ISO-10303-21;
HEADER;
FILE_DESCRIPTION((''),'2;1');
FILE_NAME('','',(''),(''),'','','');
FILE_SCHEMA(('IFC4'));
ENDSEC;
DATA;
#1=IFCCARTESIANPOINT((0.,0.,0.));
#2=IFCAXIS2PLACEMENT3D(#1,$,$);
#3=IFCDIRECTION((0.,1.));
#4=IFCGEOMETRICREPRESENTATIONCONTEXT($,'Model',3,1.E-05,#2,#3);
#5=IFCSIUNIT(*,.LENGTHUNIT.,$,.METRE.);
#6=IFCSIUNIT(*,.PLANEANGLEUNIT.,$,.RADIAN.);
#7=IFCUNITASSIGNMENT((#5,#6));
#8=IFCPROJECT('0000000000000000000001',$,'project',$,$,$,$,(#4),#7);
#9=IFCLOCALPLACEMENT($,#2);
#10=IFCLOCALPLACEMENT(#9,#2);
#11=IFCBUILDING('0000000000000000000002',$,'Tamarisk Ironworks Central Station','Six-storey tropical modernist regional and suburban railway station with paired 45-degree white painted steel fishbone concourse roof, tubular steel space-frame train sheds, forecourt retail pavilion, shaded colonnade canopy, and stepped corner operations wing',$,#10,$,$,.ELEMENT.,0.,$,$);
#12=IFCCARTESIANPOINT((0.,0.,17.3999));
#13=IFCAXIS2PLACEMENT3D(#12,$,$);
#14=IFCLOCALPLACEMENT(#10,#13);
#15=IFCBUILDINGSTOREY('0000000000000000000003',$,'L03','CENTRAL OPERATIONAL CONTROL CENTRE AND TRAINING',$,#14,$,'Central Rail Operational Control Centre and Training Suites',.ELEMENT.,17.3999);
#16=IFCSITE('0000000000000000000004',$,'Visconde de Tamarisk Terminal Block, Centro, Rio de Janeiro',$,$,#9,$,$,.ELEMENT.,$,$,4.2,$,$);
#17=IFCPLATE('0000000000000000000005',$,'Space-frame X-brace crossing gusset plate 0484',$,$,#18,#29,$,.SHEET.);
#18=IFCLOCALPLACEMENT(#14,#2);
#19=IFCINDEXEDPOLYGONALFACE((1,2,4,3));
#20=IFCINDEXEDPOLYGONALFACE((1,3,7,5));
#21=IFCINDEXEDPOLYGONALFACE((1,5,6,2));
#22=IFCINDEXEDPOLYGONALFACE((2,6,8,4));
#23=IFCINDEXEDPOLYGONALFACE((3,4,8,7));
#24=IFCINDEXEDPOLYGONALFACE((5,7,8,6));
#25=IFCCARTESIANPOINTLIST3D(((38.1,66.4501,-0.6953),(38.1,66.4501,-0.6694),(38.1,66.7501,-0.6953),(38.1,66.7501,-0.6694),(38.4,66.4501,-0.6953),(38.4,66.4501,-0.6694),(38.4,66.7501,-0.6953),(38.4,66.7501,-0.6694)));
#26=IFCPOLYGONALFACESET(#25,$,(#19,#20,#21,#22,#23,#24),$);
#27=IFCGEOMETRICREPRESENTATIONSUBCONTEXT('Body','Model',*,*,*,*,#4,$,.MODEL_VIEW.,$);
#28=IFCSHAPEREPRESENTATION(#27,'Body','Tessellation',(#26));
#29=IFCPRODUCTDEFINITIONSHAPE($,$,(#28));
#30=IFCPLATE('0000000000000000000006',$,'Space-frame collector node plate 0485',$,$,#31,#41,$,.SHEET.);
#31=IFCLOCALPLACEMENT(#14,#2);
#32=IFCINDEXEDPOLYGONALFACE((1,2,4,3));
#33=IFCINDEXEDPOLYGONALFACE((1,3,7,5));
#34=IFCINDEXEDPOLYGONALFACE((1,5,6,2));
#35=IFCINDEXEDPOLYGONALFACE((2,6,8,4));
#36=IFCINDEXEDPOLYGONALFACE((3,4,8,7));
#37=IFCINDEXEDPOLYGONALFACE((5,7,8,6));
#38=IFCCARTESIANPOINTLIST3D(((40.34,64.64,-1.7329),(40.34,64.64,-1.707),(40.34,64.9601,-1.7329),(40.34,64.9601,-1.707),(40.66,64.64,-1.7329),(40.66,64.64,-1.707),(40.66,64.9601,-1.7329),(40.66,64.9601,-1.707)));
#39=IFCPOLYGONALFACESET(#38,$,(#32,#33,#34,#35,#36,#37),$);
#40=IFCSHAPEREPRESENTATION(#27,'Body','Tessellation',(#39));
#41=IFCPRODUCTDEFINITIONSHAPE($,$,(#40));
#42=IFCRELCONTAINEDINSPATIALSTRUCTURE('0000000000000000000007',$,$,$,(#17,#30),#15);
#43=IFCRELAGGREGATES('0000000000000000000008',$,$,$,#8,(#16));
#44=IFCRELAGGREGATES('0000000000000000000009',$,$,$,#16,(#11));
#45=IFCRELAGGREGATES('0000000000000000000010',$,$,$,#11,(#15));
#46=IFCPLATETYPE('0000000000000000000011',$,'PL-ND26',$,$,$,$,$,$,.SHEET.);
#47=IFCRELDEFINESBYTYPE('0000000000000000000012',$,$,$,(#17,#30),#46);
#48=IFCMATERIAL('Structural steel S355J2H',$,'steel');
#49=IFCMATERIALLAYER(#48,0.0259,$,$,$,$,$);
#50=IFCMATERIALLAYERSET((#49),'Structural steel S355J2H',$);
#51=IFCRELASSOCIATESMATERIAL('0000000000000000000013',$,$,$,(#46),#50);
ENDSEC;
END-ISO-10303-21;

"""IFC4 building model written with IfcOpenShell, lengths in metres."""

from ifc_helpers import new_model, si_unit, direction, frame, origin, origin_2d, place, context, subcontext, project, spatial, rectangle, extrude, material, layer, layer_set, type_object, element, save


model = new_model("IFC4")

# Units and contexts
model_context = context("Model", 3, precision=1e-05, world=origin(), true_north=direction((0.0, 1.0)))
body_context = subcontext(model_context, "Body", "Model", "MODEL_VIEW")
ifc_project = project(units=[si_unit("LENGTHUNIT", "METRE"), si_unit("PLANEANGLEUNIT", "RADIAN")], contexts=[model_context])

# Site, building, storey
site_placement = place(None, origin())
site = spatial("IfcSite", under=ifc_project, at=site_placement, Name="Visconde de Tamarisk Terminal Block, Centro, Rio de Janeiro", CompositionType="ELEMENT", RefElevation=4.2)
building_placement = place(site_placement, origin())
building = spatial("IfcBuilding", under=site, at=building_placement, Name="Tamarisk Ironworks Central Station", Description="Six-storey tropical modernist regional and suburban railway station with paired 45-degree white painted steel fishbone concourse roof, tubular steel space-frame train sheds, forecourt retail pavilion, shaded colonnade canopy, and stepped corner operations wing", CompositionType="ELEMENT", ElevationOfRefHeight=0.0)
storey_placement = place(building_placement, frame((0.0, 0.0, 17.3999)))
storey = spatial("IfcBuildingStorey", under=building, at=storey_placement, Name="L03", Description="CENTRAL OPERATIONAL CONTROL CENTRE AND TRAINING", LongName="Central Rail Operational Control Centre and Training Suites", CompositionType="ELEMENT", Elevation=17.3999)

# Shared definitions
ifc_material = material(Name="Structural steel S355J2H", Category="steel")

# Plates
ifc_layer = layer(ifc_material, 0.0259)
ifc_layer_set = layer_set([ifc_layer], Name="Structural steel S355J2H")
plate_type = type_object("IfcPlateType", Name="PL-ND26", PredefinedType="SHEET", material=ifc_layer_set)
plate_1_placement = place(storey_placement, frame((38.25, 66.6001, -0.6953), z_axis=(0.0, 0.0, 1.0), x_axis=(1.0, 0.0, 0.0)))
element("IfcPlate", 1, at=plate_1_placement, inside=storey, type_object=plate_type, Name="Space-frame X-brace crossing gusset plate 0484", PredefinedType="SHEET", context=body_context, shape_type="SweptSolid", body=[
    extrude(rectangle(XDim=0.3, YDim=0.3, at=origin_2d()), origin(), (0.0, 0.0, 1.0), 0.0259),
])
plate_2_placement = place(storey_placement, frame((40.5, 64.8, -1.7329), z_axis=(0.0, 0.0, 1.0), x_axis=(1.0, 0.0, 0.0)))
element("IfcPlate", 2, at=plate_2_placement, inside=storey, type_object=plate_type, Name="Space-frame collector node plate 0485", PredefinedType="SHEET", context=body_context, shape_type="SweptSolid", body=[
    extrude(rectangle(XDim=0.3201, YDim=0.3201, at=origin_2d()), origin(), (0.0, 0.0, 1.0), 0.0259),
])

save(model, "model.ifc")
